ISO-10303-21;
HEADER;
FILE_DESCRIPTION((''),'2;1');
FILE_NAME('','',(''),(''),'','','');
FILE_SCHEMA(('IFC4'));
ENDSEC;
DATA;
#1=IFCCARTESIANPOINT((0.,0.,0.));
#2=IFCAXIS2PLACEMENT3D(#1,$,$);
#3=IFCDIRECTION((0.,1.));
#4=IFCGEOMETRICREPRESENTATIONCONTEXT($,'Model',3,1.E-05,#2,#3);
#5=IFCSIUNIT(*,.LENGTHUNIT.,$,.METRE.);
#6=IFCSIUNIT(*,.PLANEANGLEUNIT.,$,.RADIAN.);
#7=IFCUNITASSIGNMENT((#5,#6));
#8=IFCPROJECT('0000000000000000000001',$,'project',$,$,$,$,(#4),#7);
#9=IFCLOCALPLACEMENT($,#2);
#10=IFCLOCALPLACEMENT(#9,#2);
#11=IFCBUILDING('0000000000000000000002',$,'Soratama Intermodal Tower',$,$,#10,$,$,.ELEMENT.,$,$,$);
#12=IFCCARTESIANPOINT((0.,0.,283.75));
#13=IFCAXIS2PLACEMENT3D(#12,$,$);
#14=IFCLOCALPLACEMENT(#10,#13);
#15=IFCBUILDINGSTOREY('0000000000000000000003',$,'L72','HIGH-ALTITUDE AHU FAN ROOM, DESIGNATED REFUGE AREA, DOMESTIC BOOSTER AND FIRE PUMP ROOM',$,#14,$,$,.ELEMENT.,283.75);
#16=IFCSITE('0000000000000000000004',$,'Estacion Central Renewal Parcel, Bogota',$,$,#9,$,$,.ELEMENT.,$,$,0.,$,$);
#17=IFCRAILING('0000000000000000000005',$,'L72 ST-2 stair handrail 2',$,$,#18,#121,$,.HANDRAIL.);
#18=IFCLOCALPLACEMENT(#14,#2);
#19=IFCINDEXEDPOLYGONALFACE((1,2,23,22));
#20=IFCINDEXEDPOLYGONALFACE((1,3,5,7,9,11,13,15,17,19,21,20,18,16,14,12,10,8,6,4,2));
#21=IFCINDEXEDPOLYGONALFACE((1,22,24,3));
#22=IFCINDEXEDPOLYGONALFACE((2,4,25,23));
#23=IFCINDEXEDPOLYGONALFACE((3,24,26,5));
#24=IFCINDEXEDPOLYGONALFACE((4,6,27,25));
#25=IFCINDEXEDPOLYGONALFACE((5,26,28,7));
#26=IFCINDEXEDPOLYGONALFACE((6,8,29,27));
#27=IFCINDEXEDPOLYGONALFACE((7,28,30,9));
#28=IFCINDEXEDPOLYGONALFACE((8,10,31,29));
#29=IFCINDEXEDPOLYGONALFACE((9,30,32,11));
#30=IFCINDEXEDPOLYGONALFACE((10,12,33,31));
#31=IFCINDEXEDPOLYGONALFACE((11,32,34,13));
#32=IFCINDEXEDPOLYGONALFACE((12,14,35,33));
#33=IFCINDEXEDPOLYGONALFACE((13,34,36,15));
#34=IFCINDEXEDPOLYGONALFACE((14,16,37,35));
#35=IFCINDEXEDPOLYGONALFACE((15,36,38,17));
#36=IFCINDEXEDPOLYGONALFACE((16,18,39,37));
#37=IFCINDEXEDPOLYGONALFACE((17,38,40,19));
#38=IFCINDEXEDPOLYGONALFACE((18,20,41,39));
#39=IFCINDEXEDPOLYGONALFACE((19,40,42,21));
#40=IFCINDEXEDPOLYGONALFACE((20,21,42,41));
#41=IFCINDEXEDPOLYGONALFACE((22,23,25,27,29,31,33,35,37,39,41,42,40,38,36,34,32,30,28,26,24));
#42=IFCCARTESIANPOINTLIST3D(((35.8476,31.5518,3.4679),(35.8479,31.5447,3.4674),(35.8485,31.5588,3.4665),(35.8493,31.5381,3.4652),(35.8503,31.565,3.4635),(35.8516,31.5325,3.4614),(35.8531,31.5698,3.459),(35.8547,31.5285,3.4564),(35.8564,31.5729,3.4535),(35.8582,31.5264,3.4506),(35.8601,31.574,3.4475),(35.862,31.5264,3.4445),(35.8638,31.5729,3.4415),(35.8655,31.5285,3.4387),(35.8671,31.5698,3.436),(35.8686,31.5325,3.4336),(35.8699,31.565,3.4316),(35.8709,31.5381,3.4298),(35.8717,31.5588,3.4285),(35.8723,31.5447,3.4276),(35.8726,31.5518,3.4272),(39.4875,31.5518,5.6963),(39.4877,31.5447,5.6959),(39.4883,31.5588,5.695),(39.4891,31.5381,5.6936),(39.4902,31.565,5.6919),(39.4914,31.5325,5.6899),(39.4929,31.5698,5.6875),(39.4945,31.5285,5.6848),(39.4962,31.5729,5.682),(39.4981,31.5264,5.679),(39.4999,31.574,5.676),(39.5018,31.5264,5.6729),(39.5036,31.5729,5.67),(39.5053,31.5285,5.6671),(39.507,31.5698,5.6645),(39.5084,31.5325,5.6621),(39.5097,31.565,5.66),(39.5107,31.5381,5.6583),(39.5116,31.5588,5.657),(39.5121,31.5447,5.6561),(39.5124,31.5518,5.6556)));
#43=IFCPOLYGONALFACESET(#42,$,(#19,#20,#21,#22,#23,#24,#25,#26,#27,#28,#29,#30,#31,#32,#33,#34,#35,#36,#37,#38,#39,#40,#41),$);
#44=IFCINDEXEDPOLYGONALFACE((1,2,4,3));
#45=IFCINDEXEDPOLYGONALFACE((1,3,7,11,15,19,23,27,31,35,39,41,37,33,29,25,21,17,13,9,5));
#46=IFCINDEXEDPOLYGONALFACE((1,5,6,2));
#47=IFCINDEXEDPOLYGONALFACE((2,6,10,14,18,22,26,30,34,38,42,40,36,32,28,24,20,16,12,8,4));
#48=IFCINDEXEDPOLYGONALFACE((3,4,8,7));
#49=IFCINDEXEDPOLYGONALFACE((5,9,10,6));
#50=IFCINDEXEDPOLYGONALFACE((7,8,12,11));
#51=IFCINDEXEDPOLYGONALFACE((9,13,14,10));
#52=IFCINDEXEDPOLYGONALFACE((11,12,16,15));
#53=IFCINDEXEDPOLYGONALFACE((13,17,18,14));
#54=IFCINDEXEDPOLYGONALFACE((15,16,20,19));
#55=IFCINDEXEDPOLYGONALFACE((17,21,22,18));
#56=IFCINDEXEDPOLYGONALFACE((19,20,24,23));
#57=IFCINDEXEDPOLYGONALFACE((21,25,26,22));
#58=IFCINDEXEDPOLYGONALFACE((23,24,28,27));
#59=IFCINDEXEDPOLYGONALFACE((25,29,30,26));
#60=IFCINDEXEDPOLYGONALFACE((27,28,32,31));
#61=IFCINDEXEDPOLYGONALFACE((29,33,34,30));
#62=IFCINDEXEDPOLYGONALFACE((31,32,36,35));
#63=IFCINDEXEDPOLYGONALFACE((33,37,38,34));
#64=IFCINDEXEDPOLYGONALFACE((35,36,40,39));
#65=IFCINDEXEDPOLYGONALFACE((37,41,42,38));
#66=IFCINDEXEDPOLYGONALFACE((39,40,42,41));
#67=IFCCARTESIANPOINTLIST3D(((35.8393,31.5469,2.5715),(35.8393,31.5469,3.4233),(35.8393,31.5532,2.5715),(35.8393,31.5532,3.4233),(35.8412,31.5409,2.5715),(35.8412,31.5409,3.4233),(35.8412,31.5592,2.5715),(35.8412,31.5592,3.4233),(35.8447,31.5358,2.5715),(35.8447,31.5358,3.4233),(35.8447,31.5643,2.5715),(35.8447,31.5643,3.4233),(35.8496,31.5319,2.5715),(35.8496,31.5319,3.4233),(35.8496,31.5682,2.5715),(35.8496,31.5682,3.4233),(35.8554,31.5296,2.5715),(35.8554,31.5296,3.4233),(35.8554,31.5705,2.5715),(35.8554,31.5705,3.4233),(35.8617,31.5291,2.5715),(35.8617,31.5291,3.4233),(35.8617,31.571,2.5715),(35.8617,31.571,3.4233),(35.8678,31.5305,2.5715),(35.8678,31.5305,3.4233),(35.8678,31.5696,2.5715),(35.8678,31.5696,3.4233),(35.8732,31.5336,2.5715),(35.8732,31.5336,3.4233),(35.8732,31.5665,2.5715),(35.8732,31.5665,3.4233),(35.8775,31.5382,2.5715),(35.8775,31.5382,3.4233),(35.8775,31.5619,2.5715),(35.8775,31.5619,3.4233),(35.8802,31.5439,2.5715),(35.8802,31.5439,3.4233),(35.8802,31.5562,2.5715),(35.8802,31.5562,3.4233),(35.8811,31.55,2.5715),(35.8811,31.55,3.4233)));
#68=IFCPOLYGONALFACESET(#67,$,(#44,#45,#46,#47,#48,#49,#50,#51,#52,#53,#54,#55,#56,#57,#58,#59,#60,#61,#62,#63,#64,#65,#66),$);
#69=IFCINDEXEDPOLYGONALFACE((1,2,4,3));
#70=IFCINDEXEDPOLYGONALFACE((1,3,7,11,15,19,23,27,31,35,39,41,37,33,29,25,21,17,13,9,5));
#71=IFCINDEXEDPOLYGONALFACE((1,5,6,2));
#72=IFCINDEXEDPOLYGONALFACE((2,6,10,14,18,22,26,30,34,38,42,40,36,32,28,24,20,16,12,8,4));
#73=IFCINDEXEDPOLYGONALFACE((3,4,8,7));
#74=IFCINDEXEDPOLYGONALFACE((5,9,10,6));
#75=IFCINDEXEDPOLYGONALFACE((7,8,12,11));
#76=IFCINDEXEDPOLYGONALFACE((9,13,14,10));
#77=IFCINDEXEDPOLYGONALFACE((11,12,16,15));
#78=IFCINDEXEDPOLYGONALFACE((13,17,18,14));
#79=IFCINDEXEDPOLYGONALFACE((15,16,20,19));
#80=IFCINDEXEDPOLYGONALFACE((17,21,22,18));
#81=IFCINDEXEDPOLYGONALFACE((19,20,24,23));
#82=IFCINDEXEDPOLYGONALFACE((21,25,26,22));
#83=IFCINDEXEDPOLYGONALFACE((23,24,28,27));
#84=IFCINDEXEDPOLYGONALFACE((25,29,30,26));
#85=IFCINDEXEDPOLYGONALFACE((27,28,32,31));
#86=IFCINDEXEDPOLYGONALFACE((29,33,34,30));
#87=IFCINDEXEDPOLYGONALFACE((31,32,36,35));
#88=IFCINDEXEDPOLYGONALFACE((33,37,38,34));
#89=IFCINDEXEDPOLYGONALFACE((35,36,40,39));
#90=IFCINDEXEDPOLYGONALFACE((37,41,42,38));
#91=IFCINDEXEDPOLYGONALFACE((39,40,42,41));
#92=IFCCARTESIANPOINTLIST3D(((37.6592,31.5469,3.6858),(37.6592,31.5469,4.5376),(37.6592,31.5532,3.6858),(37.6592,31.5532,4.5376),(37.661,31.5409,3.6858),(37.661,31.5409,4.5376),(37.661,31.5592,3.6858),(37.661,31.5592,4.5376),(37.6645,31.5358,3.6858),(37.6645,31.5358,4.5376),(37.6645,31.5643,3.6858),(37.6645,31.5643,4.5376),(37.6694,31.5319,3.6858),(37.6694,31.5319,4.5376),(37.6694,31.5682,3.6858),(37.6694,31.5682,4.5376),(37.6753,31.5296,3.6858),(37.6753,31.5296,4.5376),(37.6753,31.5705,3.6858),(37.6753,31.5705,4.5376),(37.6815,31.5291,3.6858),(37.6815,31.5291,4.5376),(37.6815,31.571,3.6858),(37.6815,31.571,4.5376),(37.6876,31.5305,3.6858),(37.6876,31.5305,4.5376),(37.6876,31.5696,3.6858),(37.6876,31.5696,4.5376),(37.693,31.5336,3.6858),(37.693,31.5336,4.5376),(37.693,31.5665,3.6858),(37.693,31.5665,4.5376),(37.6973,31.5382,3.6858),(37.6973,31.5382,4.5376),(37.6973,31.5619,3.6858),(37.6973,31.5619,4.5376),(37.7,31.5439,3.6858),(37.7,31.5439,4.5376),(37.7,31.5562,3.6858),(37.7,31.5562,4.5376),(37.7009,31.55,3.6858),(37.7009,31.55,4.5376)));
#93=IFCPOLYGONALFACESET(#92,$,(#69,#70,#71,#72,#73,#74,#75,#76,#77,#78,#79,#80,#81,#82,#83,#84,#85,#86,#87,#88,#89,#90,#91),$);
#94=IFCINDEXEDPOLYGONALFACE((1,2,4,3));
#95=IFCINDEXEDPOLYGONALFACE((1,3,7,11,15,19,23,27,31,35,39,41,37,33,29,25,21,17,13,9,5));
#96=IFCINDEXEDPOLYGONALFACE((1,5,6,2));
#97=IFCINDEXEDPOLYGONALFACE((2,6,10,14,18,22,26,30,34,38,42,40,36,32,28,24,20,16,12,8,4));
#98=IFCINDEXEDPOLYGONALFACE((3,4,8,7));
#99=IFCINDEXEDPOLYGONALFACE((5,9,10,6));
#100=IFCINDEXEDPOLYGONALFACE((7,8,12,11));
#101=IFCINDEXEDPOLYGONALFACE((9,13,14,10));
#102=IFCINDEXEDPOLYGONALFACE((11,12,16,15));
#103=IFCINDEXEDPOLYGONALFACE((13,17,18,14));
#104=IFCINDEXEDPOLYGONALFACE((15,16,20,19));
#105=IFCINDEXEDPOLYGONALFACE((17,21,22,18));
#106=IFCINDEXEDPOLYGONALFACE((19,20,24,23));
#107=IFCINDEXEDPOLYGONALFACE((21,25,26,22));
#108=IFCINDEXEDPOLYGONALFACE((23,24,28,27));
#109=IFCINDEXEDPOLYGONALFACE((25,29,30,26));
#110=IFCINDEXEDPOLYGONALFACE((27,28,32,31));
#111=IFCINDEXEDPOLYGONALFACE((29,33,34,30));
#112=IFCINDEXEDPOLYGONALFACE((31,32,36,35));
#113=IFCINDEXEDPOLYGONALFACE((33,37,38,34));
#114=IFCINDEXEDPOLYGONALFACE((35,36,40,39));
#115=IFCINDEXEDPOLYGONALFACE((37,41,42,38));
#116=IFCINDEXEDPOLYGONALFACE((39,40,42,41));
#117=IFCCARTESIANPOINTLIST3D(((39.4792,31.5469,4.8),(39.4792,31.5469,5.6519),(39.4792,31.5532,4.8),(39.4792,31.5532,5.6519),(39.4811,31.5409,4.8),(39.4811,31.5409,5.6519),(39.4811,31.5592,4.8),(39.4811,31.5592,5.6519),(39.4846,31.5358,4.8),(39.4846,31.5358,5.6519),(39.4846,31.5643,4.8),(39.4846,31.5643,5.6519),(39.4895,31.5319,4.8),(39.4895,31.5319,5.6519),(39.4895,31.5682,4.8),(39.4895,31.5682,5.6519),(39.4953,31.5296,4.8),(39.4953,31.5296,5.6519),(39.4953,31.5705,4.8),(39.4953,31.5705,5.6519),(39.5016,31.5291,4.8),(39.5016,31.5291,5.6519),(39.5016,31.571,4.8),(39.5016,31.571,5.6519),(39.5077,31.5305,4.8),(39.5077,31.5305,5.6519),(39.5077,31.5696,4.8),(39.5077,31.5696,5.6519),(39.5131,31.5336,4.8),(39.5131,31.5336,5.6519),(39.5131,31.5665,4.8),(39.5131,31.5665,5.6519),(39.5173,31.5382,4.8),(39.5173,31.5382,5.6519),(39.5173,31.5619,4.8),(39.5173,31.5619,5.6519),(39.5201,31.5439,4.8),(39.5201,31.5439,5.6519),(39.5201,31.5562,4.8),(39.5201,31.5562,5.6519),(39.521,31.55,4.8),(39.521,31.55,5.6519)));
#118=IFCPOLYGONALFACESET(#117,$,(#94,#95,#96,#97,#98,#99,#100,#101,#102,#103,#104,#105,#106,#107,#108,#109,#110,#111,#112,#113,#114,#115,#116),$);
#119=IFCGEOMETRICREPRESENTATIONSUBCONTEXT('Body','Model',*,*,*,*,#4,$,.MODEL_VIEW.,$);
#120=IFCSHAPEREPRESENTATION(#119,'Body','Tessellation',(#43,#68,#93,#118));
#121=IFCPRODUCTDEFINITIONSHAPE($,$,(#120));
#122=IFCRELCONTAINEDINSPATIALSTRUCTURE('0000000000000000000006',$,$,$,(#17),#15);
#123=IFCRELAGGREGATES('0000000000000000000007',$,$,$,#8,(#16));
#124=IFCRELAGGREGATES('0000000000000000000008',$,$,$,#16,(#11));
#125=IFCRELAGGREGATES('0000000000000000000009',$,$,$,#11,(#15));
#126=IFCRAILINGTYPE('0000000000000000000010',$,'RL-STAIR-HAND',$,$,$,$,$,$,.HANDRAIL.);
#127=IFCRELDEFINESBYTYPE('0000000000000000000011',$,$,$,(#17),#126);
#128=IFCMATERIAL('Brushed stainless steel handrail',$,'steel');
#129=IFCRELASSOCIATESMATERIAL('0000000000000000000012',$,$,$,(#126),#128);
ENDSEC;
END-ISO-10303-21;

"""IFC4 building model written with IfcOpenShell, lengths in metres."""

from ifc_helpers import new_model, si_unit, direction, frame, origin, origin_2d, place, context, subcontext, project, spatial, circle, extrude, material, type_object, element, save


model = new_model("IFC4")

# Units and contexts
model_context = context("Model", 3, precision=1e-05, world=origin(), true_north=direction((0.0, 1.0)))
body_context = subcontext(model_context, "Body", "Model", "MODEL_VIEW")
ifc_project = project(units=[si_unit("LENGTHUNIT", "METRE"), si_unit("PLANEANGLEUNIT", "RADIAN")], contexts=[model_context])

# Site, building, storey
site_placement = place(None, origin())
site = spatial("IfcSite", under=ifc_project, at=site_placement, Name="Estacion Central Renewal Parcel, Bogota", CompositionType="ELEMENT", RefElevation=0.0)
building_placement = place(site_placement, origin())
building = spatial("IfcBuilding", under=site, at=building_placement, Name="Soratama Intermodal Tower", CompositionType="ELEMENT")
storey_placement = place(building_placement, frame((0.0, 0.0, 283.75)))
storey = spatial("IfcBuildingStorey", under=building, at=storey_placement, Name="L72", Description="HIGH-ALTITUDE AHU FAN ROOM, DESIGNATED REFUGE AREA, DOMESTIC BOOSTER AND FIRE PUMP ROOM", CompositionType="ELEMENT", Elevation=283.75)

# Railing
ifc_material_1 = material(Name="Brushed stainless steel handrail", Category="steel")
railing_type = type_object("IfcRailingType", Name="RL-STAIR-HAND", PredefinedType="HANDRAIL", material=ifc_material_1)
railing_placement = place(storey_placement, frame((35.8601, 31.55, 2.5715)))
element("IfcRailing", 1, at=railing_placement, inside=storey, type_object=railing_type, Name="L72 ST-2 stair handrail 2", PredefinedType="HANDRAIL", context=body_context, shape_type="SweptSolid", body=[
    extrude(circle(Radius=0.0239, at=origin_2d()), frame((0.0, 0.0, 0.876), z_axis=(0.85285, 0.0, 0.522156), x_axis=(0.0, 1.0, 0.0)), (0.0, 0.0, 1.0), 4.2678),
    extrude(circle(Radius=0.021, at=origin_2d()), origin(), (0.0, 0.0, 1.0), 0.8518),
    extrude(circle(Radius=0.021, at=origin_2d()), frame((1.8198, 0.0, 1.1143)), (0.0, 0.0, 1.0), 0.8518),
    extrude(circle(Radius=0.021, at=origin_2d()), frame((3.6399, 0.0, 2.2285)), (0.0, 0.0, 1.0), 0.8518),
])

save(model, "model.ifc")
